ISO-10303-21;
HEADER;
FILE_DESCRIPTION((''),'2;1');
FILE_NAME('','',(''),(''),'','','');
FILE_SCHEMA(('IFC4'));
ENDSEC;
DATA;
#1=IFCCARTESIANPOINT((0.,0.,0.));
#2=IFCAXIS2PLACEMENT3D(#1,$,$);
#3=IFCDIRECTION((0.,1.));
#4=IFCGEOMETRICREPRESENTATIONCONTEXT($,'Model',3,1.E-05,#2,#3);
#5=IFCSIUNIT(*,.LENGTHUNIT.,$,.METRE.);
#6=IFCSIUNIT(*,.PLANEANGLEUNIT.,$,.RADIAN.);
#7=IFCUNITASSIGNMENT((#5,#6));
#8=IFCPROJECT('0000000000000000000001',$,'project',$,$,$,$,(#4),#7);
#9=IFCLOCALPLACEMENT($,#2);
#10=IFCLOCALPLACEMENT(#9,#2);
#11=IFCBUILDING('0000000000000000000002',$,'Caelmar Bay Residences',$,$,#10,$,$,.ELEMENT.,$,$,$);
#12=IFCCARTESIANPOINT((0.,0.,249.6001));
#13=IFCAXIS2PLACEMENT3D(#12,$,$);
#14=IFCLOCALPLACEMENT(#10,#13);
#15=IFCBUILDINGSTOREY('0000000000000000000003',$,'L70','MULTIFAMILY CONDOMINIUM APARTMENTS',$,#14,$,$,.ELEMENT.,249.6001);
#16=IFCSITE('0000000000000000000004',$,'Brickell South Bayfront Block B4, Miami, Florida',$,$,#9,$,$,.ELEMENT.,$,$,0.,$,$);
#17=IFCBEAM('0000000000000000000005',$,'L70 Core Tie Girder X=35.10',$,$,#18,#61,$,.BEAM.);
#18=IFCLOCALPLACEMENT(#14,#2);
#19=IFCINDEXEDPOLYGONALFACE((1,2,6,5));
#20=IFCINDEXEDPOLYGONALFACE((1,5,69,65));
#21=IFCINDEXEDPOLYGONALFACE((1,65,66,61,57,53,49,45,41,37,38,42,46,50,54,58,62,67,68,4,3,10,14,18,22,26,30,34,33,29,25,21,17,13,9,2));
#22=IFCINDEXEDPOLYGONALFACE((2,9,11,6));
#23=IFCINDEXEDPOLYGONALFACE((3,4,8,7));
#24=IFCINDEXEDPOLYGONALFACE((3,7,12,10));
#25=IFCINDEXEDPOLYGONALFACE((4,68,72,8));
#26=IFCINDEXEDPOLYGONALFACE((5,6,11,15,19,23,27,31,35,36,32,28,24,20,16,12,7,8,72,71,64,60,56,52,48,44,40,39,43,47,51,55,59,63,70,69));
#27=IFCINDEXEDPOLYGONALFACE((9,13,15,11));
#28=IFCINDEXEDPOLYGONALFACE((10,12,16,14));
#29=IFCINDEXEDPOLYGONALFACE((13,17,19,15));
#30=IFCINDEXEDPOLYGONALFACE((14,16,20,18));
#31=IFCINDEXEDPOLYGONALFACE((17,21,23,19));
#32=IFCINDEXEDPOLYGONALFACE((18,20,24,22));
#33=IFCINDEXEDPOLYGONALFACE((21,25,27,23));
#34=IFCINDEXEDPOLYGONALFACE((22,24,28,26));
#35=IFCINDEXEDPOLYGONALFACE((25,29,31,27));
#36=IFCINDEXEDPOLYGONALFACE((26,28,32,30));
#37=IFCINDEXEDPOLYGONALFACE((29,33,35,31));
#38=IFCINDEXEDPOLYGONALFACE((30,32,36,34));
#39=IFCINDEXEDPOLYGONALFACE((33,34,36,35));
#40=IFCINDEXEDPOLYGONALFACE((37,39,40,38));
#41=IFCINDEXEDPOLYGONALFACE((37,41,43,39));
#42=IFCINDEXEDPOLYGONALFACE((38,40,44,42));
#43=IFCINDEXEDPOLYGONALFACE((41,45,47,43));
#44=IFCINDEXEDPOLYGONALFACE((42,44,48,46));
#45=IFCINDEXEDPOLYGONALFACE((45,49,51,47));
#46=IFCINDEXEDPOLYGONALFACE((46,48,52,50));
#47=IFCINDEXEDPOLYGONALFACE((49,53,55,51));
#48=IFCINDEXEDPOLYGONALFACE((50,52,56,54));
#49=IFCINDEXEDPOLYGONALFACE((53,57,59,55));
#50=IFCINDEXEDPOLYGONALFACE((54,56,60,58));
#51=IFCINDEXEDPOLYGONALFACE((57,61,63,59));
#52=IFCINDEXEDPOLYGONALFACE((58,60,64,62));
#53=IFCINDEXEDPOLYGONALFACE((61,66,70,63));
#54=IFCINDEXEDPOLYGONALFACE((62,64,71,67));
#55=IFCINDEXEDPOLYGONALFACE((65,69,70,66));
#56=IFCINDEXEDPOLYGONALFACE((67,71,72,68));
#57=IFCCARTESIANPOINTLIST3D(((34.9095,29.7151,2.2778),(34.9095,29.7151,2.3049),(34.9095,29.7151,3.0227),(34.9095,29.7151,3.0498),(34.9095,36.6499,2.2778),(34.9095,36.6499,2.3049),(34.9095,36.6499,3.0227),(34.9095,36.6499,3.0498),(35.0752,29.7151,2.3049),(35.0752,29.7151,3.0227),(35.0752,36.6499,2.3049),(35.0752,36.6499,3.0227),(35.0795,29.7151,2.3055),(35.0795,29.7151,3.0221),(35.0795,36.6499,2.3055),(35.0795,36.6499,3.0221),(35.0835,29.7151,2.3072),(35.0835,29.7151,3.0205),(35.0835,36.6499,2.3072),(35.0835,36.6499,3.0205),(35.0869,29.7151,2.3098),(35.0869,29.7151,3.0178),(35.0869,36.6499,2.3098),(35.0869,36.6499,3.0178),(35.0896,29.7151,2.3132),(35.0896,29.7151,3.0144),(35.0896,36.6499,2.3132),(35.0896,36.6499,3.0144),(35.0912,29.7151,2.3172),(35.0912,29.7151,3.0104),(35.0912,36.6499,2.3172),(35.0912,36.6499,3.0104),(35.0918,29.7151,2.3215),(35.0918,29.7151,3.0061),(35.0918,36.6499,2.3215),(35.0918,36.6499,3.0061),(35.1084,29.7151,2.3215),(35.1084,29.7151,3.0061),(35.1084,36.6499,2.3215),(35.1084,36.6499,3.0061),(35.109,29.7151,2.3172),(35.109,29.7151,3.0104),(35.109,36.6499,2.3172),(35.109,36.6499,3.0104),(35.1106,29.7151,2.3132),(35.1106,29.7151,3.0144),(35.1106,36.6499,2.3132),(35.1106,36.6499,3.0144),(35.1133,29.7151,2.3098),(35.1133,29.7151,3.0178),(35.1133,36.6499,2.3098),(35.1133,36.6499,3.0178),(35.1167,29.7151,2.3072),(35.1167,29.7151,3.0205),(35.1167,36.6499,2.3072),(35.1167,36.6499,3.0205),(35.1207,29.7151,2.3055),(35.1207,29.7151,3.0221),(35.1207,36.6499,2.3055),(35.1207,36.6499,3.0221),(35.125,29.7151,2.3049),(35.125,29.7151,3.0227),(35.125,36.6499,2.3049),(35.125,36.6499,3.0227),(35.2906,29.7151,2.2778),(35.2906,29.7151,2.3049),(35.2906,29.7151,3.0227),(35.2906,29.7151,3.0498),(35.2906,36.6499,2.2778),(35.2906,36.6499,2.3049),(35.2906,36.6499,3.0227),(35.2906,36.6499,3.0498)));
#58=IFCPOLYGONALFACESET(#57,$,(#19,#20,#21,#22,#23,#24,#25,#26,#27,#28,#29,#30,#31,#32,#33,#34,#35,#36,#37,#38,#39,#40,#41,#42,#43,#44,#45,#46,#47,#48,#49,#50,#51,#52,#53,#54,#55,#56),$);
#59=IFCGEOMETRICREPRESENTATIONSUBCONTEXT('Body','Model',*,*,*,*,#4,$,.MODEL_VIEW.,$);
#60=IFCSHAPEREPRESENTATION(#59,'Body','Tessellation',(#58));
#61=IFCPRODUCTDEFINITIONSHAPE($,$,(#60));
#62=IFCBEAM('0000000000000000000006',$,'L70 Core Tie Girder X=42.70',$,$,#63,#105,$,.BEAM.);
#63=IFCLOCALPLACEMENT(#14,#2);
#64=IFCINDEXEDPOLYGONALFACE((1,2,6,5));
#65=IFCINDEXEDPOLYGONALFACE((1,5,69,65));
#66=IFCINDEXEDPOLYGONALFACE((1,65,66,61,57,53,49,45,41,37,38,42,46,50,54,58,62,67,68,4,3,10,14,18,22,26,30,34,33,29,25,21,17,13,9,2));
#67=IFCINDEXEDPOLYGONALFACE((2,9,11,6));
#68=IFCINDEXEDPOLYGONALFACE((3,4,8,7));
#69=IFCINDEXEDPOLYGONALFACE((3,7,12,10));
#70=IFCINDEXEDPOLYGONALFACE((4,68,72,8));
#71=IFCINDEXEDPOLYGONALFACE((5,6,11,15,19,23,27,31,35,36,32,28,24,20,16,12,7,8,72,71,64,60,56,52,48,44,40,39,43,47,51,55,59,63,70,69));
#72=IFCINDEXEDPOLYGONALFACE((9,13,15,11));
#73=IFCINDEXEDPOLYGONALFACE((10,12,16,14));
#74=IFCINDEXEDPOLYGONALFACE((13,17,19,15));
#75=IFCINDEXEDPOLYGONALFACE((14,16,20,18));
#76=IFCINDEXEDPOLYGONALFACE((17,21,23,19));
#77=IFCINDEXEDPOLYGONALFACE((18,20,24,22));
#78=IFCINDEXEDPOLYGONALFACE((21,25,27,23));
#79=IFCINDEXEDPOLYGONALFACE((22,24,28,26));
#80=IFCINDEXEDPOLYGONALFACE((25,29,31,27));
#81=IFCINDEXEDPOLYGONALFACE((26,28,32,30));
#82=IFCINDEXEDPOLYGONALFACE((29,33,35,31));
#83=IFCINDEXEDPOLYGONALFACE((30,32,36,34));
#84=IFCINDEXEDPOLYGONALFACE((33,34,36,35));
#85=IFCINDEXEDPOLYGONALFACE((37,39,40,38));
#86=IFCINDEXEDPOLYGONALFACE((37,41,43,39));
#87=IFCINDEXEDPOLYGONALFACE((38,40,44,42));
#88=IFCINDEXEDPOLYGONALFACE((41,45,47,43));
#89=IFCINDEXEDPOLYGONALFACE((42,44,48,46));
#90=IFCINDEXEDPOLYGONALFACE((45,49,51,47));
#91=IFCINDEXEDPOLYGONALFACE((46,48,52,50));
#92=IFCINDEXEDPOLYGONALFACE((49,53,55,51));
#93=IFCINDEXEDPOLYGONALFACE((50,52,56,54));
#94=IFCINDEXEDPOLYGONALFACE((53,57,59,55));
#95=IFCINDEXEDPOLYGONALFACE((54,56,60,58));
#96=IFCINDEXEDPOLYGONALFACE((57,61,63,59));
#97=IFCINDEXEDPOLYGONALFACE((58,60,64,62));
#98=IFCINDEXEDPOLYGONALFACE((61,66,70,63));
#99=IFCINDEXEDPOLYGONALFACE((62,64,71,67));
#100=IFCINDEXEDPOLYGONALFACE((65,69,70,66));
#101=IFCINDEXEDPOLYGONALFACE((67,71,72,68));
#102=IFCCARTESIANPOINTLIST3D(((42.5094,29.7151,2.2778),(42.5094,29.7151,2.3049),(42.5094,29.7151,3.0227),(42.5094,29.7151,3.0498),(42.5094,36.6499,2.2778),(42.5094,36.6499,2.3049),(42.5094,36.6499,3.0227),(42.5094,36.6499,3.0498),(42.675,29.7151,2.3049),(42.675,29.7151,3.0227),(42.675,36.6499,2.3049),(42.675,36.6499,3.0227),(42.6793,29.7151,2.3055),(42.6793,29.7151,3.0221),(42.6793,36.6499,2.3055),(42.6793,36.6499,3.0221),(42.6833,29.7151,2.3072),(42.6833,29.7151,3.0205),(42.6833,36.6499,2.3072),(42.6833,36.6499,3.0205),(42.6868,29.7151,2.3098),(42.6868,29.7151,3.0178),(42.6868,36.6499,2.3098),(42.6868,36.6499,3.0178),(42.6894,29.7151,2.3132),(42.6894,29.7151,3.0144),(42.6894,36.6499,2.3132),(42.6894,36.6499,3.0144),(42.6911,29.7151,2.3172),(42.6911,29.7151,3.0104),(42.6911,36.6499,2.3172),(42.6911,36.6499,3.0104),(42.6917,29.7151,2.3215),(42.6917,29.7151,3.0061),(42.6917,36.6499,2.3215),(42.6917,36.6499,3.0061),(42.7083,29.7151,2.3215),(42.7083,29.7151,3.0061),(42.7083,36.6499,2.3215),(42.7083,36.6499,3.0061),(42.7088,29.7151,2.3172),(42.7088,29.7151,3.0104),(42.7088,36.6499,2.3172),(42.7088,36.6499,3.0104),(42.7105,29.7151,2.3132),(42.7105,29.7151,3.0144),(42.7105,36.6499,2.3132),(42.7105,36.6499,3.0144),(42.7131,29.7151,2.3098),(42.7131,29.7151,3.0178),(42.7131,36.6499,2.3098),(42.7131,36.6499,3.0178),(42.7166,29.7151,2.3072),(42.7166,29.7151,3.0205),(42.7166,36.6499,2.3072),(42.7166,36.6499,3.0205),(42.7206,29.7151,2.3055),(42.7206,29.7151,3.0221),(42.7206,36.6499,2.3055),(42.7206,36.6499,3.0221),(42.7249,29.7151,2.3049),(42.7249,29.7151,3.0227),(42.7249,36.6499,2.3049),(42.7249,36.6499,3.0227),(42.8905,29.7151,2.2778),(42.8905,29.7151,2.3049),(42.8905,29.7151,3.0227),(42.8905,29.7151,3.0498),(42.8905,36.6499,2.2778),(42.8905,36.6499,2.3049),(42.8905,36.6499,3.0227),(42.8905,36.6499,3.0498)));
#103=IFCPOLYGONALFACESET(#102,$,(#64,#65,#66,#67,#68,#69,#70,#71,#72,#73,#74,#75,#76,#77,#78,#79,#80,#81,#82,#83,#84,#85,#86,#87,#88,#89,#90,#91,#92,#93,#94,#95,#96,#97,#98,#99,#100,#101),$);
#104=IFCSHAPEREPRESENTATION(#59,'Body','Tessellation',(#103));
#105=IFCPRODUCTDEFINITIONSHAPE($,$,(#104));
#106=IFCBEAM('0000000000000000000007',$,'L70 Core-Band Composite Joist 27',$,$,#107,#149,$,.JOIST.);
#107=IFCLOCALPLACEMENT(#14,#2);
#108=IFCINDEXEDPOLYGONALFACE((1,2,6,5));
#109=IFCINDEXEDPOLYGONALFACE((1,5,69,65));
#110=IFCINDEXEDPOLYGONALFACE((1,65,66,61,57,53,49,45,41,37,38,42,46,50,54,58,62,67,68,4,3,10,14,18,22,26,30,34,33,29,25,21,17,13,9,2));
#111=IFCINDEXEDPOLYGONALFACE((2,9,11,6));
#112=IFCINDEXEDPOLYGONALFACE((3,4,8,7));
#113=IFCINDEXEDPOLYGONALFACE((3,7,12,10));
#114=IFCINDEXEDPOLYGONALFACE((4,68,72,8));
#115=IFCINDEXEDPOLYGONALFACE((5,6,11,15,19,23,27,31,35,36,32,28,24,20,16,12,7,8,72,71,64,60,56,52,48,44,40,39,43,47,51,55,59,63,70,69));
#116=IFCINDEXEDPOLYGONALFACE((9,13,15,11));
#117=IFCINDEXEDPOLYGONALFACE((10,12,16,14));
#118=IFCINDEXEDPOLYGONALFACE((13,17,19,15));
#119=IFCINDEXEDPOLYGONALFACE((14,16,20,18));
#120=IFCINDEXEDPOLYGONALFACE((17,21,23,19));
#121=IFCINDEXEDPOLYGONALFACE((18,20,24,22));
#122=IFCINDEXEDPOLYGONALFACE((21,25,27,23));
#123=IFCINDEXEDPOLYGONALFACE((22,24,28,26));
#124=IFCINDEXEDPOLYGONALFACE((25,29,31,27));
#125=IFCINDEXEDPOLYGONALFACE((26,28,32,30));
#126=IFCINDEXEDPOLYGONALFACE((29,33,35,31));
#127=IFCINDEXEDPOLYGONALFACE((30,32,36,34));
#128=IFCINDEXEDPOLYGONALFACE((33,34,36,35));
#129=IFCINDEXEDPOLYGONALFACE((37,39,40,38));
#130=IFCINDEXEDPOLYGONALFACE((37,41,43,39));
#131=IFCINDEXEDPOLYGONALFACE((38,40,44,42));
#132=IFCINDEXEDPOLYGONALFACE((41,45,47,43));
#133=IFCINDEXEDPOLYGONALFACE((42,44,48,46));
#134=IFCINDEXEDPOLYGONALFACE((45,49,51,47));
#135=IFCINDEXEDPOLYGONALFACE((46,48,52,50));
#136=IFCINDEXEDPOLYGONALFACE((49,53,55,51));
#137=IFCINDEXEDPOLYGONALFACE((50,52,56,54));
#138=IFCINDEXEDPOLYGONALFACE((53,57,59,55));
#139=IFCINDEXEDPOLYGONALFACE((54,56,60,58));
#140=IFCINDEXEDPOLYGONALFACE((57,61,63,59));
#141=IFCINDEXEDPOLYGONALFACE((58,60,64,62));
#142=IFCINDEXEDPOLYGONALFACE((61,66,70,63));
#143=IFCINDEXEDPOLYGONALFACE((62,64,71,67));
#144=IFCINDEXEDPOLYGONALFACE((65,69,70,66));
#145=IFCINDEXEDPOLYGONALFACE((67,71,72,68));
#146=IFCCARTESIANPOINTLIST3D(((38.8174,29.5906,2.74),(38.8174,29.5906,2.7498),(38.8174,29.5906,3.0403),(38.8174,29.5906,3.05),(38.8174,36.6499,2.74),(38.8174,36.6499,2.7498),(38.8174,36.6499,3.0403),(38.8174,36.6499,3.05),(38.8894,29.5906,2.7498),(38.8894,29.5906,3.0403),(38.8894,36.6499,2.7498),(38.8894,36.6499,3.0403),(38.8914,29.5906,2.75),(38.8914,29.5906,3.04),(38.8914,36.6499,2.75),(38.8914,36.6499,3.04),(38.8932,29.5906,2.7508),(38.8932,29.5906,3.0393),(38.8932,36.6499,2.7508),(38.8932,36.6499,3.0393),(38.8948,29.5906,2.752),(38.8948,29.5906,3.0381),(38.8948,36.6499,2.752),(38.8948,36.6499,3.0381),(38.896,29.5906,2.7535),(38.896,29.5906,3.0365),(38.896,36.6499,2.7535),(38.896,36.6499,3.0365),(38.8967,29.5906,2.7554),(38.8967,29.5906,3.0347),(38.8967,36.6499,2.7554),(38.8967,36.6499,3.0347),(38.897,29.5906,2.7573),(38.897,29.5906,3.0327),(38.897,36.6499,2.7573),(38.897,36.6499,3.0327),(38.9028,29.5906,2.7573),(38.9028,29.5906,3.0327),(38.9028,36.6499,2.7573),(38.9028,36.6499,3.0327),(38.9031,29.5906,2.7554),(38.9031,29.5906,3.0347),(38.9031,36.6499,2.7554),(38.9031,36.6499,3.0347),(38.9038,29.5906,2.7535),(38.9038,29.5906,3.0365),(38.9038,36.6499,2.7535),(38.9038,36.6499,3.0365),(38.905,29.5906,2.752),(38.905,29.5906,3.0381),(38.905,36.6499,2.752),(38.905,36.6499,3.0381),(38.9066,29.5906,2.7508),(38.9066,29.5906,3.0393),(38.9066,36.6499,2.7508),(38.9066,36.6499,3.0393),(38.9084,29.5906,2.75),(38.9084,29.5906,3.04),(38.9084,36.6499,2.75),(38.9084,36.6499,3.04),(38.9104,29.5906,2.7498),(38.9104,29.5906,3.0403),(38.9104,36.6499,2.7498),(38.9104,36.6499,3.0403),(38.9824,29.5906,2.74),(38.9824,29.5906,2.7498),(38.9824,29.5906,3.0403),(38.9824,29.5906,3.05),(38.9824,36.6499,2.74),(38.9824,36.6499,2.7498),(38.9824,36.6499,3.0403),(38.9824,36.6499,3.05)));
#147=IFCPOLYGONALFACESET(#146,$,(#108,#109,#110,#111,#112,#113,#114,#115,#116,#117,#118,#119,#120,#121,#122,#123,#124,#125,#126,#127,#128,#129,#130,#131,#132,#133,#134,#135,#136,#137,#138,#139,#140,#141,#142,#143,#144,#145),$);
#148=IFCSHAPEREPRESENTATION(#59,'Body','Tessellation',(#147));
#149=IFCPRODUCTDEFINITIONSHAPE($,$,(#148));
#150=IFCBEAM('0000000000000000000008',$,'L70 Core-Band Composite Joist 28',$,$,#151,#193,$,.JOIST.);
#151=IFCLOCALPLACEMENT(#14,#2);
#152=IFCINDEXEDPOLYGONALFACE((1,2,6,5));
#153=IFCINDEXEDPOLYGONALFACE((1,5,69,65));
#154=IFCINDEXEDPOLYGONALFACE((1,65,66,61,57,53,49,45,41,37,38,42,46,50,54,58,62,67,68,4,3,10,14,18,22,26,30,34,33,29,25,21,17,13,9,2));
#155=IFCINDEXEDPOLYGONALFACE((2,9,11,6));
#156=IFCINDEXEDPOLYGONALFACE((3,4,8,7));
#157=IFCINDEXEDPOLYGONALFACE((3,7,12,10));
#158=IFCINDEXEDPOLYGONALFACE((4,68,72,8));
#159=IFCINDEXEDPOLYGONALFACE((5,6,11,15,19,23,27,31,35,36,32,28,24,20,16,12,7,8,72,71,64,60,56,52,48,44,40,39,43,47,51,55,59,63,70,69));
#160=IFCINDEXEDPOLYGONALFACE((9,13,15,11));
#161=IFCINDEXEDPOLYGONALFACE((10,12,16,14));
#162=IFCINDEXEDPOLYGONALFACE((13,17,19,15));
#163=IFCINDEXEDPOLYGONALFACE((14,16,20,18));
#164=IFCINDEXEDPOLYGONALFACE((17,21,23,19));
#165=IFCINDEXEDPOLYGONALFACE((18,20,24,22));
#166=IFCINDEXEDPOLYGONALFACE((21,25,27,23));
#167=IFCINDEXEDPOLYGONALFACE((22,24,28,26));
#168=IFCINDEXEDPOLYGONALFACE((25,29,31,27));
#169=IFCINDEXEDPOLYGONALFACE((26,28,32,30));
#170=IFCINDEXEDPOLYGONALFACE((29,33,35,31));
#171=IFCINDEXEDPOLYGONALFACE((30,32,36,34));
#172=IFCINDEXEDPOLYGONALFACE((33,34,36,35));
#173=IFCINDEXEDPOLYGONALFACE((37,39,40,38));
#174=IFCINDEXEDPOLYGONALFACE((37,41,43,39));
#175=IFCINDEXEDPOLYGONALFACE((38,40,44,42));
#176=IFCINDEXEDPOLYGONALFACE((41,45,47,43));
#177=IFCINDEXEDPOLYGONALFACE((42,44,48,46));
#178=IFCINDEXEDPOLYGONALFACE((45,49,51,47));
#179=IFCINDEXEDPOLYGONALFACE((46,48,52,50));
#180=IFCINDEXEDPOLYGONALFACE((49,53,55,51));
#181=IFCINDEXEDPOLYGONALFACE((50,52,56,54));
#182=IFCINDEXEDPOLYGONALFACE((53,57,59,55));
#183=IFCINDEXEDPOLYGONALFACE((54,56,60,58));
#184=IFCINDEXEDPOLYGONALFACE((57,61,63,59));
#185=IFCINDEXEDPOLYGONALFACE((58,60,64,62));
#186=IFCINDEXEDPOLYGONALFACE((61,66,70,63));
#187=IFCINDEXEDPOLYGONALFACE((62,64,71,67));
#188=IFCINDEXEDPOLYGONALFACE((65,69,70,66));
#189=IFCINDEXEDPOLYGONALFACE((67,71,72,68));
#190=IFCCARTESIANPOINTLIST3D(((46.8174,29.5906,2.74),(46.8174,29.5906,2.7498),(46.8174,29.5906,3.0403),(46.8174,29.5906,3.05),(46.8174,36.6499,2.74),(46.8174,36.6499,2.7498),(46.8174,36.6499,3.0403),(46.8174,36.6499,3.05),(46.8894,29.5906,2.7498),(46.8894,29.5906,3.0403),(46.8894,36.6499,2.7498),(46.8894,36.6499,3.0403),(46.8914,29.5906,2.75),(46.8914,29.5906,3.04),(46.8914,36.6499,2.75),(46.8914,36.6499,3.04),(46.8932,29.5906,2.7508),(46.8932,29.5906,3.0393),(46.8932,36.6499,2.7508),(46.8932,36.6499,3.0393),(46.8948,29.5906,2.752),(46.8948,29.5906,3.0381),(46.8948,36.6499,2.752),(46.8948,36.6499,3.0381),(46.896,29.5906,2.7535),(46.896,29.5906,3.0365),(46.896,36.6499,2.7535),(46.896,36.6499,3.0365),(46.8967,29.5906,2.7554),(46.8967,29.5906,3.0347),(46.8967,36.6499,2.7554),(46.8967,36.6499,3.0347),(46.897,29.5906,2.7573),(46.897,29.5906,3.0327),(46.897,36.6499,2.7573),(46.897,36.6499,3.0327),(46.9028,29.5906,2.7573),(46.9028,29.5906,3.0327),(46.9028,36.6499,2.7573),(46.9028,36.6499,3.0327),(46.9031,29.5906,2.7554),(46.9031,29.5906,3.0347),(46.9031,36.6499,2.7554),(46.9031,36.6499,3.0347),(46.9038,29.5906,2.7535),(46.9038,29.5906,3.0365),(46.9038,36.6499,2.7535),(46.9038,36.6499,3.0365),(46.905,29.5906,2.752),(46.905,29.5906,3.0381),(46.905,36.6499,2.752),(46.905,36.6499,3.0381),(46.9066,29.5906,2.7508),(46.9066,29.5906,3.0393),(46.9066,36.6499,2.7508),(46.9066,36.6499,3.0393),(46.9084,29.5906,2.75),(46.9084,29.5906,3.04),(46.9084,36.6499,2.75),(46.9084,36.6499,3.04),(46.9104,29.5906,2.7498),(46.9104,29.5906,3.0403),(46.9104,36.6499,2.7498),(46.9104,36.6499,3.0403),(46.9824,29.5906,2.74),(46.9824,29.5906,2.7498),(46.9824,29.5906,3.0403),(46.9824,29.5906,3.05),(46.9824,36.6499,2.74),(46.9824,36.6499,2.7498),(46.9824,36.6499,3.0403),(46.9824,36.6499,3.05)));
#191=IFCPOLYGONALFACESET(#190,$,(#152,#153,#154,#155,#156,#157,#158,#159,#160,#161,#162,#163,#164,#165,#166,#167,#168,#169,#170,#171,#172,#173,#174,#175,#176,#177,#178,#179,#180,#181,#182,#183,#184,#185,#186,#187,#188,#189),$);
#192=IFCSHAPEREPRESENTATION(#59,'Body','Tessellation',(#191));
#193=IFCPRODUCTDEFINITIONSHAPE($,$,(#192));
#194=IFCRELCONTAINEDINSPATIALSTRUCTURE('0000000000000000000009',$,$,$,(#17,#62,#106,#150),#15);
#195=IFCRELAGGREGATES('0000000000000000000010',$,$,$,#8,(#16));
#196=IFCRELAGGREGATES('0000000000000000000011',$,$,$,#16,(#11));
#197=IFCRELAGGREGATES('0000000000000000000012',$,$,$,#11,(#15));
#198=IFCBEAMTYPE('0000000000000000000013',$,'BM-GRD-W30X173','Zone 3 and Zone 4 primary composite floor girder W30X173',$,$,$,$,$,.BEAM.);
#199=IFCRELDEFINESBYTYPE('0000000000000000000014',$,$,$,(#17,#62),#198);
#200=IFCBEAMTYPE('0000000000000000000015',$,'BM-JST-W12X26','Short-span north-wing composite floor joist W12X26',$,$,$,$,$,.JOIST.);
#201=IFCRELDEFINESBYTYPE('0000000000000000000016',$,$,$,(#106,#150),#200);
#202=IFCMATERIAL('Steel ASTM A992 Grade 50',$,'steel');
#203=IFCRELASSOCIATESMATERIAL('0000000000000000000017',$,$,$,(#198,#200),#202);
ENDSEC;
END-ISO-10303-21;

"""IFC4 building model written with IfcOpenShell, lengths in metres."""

from ifc_helpers import new_model, si_unit, direction, frame, origin, origin_2d, place, context, subcontext, project, spatial, i_section, extrude, material, material_profile, profile_set, type_object, element, save


model = new_model("IFC4")

# Units and contexts
model_context = context("Model", 3, precision=1e-05, world=origin(), true_north=direction((0.0, 1.0)))
body_context = subcontext(model_context, "Body", "Model", "MODEL_VIEW")
ifc_project = project(units=[si_unit("LENGTHUNIT", "METRE"), si_unit("PLANEANGLEUNIT", "RADIAN")], contexts=[model_context])

# Site, building, storey
site_placement = place(None, origin())
site = spatial("IfcSite", under=ifc_project, at=site_placement, Name="Brickell South Bayfront Block B4, Miami, Florida", CompositionType="ELEMENT", RefElevation=0.0)
building_placement = place(site_placement, origin())
building = spatial("IfcBuilding", under=site, at=building_placement, Name="Caelmar Bay Residences", CompositionType="ELEMENT")
storey_placement = place(building_placement, frame((0.0, 0.0, 249.6001)))
storey = spatial("IfcBuildingStorey", under=building, at=storey_placement, Name="L70", Description="MULTIFAMILY CONDOMINIUM APARTMENTS", CompositionType="ELEMENT", Elevation=249.6001)

# Beams
ifc_material_1 = material(Name="Steel ASTM A992 Grade 50", Category="steel")
ifc_material_profile_1 = material_profile(ifc_material_1, i_section(OverallWidth=0.3811, OverallDepth=0.772, WebThickness=0.0166, FlangeThickness=0.0271, FilletRadius=0.0166, at=origin_2d()), Name="W30X173")
ifc_profile_set_1 = profile_set([ifc_material_profile_1], Name="Steel ASTM A992 Grade 50")
beam_type_1 = type_object("IfcBeamType", Name="BM-GRD-W30X173", Description="Zone 3 and Zone 4 primary composite floor girder W30X173", PredefinedType="BEAM", material=ifc_profile_set_1)
for number, where, z_axis, x_axis, name in (
    (1, (35.1001, 29.7151, 2.6638), (0.0, 1.0, 0.0), (-1.0, 0.0, 0.0), "L70 Core Tie Girder X=35.10"),
    (2, (42.7, 29.7151, 2.6638), (0.0, 1.0, 0.0), (-1.0, 0.0, 0.0), "L70 Core Tie Girder X=42.70"),
):
    element("IfcBeam", number, at=place(storey_placement, frame(where, z_axis=z_axis, x_axis=x_axis)), inside=storey, type_object=beam_type_1, Name=name, PredefinedType="BEAM", context=body_context, shape_type="SweptSolid", body=[
        extrude(i_section(OverallWidth=0.3811, OverallDepth=0.772, WebThickness=0.0166, FlangeThickness=0.0271, FilletRadius=0.0166, at=origin_2d()), origin(), (0.0, 0.0, 1.0), 6.9348),
    ])
ifc_material_profile_2 = material_profile(ifc_material_1, i_section(OverallWidth=0.165, OverallDepth=0.3101, WebThickness=0.0059, FlangeThickness=0.0098, FilletRadius=0.0076, at=origin_2d()), Name="W12X26")
ifc_profile_set_2 = profile_set([ifc_material_profile_2], Name="Steel ASTM A992 Grade 50")
beam_type_2 = type_object("IfcBeamType", Name="BM-JST-W12X26", Description="Short-span north-wing composite floor joist W12X26", PredefinedType="JOIST", material=ifc_profile_set_2)
for number, where, z_axis, x_axis, name in (
    (3, (38.8999, 29.5906, 2.895), (0.0, 1.0, 0.0), (-1.0, 0.0, 0.0), "L70 Core-Band Composite Joist 27"),
    (4, (46.8999, 29.5906, 2.895), (0.0, 1.0, 0.0), (-1.0, 0.0, 0.0), "L70 Core-Band Composite Joist 28"),
):
    element("IfcBeam", number, at=place(storey_placement, frame(where, z_axis=z_axis, x_axis=x_axis)), inside=storey, type_object=beam_type_2, Name=name, PredefinedType="JOIST", context=body_context, shape_type="SweptSolid", body=[
        extrude(i_section(OverallWidth=0.165, OverallDepth=0.3101, WebThickness=0.0059, FlangeThickness=0.0098, FilletRadius=0.0076, at=origin_2d()), origin(), (0.0, 0.0, 1.0), 7.0593),
    ])

save(model, "model.ifc")
